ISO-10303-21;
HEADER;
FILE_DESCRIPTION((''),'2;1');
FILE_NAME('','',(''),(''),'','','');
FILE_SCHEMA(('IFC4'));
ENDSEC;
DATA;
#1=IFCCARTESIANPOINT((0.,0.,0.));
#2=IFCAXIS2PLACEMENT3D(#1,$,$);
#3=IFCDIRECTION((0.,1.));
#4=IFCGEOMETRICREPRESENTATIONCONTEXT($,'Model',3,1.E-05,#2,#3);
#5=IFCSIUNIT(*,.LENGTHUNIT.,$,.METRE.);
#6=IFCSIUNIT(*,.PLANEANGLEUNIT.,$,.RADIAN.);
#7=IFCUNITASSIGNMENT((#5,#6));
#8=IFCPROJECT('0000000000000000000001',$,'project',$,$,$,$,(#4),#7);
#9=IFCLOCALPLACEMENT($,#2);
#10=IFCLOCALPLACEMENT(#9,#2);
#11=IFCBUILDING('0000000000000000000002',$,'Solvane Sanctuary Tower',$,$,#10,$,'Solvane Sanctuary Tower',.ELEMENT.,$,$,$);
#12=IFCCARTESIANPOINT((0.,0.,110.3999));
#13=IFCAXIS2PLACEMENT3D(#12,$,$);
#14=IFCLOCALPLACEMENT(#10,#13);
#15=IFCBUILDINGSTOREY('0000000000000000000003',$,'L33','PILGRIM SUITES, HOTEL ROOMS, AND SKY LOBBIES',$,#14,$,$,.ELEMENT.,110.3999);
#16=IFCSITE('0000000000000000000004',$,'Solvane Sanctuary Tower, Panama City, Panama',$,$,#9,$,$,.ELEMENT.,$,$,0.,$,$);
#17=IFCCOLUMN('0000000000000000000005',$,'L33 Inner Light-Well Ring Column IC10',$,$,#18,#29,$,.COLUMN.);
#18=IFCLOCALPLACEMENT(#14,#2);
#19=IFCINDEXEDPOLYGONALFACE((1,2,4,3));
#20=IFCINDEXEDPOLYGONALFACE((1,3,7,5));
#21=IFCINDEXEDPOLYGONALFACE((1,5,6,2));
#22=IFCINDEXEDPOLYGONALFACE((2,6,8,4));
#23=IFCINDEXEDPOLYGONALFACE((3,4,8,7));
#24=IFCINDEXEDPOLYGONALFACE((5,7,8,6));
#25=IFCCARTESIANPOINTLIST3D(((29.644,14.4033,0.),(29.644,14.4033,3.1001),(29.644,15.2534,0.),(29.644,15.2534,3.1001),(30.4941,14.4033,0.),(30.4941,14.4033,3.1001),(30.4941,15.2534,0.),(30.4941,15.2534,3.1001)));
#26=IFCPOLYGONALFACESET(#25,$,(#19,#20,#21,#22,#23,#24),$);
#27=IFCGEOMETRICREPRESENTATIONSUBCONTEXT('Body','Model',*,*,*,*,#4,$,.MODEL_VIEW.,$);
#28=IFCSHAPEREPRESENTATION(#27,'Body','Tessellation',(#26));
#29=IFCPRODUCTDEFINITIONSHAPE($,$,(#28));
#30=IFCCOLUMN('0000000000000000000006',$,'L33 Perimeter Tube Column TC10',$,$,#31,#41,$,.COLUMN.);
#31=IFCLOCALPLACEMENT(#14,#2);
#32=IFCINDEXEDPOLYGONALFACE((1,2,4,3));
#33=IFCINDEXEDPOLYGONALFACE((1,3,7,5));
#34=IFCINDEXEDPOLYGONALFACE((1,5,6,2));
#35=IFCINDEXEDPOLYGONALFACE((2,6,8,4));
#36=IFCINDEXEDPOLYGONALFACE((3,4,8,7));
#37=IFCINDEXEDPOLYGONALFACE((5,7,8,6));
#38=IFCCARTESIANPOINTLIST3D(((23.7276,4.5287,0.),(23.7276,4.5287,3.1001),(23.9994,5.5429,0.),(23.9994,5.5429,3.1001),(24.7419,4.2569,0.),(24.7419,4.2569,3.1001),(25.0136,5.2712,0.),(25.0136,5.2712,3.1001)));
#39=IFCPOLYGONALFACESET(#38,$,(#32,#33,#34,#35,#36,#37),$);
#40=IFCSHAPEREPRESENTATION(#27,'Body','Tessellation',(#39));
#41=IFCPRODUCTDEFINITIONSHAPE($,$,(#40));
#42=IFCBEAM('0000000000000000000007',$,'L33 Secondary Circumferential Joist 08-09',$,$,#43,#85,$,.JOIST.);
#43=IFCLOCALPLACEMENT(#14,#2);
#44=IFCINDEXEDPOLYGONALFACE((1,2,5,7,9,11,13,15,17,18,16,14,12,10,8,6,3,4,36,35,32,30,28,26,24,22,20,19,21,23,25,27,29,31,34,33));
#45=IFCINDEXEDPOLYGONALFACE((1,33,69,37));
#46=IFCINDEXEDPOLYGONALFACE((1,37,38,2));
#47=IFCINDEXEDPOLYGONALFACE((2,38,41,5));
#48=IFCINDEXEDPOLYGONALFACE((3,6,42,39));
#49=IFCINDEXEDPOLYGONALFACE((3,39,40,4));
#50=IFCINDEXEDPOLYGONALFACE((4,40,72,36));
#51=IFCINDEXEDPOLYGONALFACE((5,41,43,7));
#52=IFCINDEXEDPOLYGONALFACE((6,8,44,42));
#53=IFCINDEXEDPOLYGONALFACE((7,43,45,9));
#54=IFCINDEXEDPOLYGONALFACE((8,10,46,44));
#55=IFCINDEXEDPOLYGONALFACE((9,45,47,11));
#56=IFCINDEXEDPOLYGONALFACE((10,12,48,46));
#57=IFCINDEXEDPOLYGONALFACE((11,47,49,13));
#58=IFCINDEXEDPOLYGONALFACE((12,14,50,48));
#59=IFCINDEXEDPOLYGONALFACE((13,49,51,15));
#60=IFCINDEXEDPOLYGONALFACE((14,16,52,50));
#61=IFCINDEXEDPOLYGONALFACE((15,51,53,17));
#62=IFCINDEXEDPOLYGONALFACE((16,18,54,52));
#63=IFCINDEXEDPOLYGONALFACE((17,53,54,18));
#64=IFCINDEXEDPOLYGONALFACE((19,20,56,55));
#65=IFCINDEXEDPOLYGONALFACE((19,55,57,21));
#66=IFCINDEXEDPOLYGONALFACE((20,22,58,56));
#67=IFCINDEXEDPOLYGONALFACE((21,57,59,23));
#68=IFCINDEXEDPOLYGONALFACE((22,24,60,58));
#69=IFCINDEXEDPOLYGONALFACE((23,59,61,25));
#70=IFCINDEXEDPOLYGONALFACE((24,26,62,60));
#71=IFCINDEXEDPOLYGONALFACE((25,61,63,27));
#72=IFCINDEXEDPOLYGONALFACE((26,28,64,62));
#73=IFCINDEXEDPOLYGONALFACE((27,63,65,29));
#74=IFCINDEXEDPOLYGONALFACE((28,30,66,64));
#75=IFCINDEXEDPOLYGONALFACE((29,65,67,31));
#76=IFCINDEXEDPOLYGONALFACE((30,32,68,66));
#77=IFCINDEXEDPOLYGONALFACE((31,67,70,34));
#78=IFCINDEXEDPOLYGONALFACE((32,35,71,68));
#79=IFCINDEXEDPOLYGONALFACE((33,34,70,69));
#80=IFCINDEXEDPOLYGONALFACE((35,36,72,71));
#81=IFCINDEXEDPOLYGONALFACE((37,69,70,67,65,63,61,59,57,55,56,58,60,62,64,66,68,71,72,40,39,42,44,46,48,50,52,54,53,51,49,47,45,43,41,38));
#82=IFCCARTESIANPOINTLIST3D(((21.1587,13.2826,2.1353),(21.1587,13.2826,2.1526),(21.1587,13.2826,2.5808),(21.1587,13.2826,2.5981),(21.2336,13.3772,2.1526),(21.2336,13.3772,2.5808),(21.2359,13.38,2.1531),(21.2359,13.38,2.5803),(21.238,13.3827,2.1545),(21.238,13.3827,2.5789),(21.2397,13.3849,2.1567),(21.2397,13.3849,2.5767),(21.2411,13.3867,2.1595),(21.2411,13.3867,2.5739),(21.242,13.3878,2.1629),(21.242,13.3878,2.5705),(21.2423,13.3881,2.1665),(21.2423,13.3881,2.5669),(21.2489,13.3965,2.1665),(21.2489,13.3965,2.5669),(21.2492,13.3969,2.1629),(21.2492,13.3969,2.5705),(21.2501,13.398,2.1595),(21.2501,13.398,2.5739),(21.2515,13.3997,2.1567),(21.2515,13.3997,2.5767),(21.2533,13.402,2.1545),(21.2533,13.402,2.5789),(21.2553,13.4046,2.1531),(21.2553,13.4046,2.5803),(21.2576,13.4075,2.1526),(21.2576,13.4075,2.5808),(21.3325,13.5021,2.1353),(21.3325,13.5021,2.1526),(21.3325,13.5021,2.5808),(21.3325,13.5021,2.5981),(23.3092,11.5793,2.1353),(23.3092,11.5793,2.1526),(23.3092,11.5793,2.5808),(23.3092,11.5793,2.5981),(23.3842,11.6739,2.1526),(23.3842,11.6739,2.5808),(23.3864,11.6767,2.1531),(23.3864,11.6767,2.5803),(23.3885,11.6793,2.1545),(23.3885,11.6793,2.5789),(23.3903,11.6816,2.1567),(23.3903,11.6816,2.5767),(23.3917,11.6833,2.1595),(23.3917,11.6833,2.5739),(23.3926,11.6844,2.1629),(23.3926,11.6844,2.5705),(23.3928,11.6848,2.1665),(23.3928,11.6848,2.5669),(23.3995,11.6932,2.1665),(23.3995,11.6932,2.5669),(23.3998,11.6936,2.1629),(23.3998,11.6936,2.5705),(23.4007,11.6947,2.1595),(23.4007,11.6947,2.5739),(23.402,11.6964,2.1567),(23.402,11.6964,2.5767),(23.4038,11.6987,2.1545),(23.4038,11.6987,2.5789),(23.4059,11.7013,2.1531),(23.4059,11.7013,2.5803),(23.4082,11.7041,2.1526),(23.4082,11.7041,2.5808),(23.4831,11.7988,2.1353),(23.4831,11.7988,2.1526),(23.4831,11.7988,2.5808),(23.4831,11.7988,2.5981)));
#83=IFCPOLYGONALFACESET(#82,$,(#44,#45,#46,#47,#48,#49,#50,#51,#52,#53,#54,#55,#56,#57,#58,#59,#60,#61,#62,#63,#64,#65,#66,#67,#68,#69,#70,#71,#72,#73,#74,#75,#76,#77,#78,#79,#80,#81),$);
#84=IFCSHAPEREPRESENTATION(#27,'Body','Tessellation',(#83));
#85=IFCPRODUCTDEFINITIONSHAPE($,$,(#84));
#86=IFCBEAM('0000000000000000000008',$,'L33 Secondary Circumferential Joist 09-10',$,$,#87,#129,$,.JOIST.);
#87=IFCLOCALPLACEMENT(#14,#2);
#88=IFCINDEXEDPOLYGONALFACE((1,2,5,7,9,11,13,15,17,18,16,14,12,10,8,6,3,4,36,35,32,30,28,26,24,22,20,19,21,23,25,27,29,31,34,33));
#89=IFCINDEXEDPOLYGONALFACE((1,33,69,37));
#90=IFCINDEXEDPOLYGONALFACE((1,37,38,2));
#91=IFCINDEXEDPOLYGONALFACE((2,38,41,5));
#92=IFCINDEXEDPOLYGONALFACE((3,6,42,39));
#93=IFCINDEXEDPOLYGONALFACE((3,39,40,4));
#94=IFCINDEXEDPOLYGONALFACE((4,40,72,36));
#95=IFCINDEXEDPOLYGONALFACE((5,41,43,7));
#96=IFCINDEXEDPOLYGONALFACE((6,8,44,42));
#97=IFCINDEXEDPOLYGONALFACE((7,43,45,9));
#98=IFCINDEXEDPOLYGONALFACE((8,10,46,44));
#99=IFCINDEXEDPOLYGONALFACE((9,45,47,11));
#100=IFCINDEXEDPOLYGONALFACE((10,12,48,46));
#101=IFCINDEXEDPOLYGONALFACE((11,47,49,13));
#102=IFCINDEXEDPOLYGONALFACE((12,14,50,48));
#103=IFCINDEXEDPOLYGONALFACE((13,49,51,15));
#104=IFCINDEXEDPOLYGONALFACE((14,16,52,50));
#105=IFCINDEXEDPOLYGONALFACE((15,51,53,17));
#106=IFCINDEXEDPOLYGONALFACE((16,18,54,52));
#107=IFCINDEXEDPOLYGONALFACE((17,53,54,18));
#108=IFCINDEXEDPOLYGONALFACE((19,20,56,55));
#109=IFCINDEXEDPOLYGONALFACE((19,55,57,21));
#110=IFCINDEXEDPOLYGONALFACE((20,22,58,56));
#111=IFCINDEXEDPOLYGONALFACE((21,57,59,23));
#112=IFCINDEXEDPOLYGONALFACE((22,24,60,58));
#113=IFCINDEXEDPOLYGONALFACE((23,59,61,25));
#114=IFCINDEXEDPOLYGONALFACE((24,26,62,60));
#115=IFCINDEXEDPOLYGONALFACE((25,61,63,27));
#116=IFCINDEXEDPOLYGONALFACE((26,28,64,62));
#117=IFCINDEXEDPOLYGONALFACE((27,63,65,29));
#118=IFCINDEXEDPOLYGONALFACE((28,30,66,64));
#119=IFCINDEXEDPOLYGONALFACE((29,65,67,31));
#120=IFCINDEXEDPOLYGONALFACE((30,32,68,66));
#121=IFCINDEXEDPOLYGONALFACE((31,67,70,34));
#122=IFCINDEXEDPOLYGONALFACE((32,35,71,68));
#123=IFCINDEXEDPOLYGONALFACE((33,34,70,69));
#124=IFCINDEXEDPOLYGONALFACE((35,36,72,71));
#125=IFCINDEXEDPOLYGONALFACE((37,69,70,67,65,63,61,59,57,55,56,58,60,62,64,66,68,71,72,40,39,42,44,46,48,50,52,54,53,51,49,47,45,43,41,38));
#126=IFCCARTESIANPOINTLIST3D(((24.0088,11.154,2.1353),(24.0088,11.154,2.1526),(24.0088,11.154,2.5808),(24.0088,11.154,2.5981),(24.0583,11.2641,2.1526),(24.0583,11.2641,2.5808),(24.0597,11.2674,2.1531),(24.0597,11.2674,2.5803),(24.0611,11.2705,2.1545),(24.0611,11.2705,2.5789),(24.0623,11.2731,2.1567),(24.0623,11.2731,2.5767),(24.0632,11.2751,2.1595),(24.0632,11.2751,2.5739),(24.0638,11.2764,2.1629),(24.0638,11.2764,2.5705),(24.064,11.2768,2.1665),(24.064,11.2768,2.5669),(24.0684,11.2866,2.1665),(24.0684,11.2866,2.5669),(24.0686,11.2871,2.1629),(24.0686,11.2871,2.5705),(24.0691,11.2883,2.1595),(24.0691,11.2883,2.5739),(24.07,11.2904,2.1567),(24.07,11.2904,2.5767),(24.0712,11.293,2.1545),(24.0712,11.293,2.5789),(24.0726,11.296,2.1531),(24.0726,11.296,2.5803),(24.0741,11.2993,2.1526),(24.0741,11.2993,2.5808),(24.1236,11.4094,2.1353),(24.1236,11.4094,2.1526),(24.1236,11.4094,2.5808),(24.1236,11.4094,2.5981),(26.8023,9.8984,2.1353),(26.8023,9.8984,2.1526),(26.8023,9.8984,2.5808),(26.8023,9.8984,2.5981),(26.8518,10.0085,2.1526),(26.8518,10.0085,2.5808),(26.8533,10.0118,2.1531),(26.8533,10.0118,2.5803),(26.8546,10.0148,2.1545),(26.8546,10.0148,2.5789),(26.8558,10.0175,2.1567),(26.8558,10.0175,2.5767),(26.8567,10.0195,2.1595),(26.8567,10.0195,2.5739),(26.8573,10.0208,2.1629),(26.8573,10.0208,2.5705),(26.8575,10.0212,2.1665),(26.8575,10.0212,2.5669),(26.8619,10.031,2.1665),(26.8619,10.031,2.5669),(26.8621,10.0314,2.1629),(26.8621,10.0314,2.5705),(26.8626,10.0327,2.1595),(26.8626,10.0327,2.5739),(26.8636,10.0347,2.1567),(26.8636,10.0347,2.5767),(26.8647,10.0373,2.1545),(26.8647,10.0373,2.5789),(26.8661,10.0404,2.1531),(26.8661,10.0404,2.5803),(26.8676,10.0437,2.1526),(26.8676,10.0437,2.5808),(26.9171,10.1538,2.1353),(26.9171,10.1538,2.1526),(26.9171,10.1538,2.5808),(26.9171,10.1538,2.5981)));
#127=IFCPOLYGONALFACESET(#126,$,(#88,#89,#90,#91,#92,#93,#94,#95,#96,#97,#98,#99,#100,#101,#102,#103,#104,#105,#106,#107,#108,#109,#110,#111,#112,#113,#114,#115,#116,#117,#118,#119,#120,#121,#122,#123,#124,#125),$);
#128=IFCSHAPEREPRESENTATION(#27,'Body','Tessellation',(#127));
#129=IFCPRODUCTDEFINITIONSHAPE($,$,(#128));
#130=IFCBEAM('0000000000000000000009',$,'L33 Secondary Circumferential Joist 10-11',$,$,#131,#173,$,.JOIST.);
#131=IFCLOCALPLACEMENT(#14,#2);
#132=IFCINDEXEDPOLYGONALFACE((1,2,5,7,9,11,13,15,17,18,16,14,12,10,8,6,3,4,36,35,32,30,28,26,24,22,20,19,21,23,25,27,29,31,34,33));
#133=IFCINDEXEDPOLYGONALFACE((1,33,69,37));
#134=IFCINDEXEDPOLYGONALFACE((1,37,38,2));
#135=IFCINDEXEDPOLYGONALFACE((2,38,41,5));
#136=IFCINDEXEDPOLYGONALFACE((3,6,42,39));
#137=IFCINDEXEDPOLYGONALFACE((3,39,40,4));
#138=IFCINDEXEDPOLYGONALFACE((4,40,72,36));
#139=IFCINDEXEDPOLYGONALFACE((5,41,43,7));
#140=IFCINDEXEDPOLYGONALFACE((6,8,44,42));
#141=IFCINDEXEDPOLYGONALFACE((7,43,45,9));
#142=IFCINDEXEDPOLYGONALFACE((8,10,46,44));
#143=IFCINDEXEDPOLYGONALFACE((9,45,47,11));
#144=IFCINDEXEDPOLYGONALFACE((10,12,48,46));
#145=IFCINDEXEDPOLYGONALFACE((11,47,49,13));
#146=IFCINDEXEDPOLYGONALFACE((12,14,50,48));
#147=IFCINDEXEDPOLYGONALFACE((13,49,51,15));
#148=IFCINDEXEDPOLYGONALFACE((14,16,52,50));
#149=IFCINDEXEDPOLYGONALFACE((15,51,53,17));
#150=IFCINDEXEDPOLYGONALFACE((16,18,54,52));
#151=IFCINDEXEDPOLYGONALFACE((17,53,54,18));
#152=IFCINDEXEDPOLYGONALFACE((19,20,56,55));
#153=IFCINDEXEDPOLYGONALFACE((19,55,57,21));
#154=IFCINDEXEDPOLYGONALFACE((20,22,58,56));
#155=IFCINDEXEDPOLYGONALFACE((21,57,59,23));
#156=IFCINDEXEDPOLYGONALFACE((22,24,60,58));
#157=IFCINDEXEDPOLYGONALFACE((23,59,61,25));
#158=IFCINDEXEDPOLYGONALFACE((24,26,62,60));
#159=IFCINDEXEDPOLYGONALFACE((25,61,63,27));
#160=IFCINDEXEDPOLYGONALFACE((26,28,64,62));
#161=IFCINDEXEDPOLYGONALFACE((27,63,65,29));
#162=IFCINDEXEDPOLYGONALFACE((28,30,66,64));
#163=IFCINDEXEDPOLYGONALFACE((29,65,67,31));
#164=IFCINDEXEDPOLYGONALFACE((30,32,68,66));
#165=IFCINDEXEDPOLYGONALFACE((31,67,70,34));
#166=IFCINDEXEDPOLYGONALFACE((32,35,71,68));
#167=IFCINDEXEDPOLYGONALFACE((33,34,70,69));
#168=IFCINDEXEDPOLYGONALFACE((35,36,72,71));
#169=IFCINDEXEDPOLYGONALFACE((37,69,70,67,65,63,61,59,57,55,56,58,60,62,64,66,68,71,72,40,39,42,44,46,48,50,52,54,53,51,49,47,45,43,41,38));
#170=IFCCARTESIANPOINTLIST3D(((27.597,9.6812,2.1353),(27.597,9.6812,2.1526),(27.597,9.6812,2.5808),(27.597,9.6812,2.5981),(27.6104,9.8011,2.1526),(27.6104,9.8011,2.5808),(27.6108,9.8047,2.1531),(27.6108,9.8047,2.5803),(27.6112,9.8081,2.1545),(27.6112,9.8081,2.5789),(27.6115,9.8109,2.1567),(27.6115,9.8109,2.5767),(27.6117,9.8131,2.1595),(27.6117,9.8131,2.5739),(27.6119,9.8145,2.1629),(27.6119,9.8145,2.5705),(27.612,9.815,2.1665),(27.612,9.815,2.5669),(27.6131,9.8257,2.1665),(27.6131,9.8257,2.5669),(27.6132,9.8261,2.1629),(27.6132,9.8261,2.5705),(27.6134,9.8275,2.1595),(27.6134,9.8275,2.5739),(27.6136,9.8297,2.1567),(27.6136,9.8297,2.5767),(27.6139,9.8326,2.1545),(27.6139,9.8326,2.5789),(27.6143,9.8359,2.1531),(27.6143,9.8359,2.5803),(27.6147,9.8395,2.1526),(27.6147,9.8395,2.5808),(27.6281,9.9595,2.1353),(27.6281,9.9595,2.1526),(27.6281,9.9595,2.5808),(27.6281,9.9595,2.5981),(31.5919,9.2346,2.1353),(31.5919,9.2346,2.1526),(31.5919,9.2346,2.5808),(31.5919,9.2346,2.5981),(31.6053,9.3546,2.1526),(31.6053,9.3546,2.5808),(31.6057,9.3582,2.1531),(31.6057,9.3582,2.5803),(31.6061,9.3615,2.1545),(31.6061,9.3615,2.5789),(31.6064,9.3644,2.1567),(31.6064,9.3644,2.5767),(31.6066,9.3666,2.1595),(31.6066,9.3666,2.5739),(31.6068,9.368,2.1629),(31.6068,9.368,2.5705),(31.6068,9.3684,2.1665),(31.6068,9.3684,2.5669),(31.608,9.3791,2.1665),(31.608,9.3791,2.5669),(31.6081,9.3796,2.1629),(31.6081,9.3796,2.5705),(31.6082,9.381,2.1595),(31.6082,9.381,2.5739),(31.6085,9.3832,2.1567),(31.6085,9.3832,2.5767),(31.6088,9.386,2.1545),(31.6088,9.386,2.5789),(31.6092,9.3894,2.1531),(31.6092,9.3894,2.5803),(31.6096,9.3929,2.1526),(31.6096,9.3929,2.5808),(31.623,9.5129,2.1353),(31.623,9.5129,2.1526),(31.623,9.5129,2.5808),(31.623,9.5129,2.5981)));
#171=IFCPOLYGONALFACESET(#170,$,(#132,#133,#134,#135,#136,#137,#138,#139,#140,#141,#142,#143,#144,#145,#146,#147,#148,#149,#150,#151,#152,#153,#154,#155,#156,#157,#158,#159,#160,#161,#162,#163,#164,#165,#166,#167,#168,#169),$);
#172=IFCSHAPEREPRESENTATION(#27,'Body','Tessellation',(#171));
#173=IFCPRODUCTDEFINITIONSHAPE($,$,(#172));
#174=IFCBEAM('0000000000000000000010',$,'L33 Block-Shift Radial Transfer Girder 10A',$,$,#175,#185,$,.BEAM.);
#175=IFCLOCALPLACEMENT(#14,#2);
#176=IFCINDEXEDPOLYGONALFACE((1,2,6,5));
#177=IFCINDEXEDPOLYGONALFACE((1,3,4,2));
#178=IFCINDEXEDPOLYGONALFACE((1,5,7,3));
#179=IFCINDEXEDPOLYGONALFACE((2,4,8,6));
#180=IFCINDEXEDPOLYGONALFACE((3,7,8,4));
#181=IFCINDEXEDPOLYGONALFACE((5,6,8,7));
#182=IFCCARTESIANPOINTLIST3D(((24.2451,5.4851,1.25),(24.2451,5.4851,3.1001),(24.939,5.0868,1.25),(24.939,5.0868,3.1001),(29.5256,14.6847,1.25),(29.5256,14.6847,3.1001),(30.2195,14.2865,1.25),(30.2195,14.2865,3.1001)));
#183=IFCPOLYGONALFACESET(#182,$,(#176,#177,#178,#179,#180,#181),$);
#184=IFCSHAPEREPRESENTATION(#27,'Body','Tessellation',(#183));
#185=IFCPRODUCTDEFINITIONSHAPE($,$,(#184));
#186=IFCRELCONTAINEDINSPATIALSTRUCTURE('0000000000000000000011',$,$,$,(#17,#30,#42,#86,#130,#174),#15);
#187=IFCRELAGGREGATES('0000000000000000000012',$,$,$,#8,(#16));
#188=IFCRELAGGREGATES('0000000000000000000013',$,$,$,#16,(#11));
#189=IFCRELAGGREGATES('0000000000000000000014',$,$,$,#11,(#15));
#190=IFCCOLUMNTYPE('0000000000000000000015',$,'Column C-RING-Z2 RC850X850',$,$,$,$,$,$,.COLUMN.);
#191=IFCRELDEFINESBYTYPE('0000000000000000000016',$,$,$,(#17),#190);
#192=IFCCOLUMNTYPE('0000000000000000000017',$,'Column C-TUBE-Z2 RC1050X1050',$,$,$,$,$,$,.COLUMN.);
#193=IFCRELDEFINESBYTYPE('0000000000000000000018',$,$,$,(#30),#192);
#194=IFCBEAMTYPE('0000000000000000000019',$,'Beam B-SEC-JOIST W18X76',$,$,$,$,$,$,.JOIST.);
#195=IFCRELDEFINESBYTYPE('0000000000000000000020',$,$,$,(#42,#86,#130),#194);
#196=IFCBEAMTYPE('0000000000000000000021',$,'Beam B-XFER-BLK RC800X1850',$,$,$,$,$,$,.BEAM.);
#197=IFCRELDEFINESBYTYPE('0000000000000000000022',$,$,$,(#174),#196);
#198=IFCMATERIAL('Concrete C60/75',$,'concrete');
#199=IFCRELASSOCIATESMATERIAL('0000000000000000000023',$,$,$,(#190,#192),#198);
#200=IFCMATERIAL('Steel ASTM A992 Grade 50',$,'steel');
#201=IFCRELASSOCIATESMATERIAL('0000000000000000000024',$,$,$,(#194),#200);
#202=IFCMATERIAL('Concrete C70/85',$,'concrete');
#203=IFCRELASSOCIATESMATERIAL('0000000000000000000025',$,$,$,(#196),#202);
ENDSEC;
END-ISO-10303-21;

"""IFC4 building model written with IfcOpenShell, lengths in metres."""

from ifc_helpers import new_model, si_unit, direction, frame, origin, origin_2d, place, context, subcontext, project, spatial, rectangle, i_section, extrude, material, material_profile, profile_set, type_object, element, save


model = new_model("IFC4")

# Units and contexts
model_context = context("Model", 3, precision=1e-05, world=origin(), true_north=direction((0.0, 1.0)))
body_context = subcontext(model_context, "Body", "Model", "MODEL_VIEW")
ifc_project = project(units=[si_unit("LENGTHUNIT", "METRE"), si_unit("PLANEANGLEUNIT", "RADIAN")], contexts=[model_context])

# Site, building, storey
site_placement = place(None, origin())
site = spatial("IfcSite", under=ifc_project, at=site_placement, Name="Solvane Sanctuary Tower, Panama City, Panama", CompositionType="ELEMENT", RefElevation=0.0)
building_placement = place(site_placement, origin())
building = spatial("IfcBuilding", under=site, at=building_placement, Name="Solvane Sanctuary Tower", LongName="Solvane Sanctuary Tower", CompositionType="ELEMENT")
storey_placement = place(building_placement, frame((0.0, 0.0, 110.3999)))
storey = spatial("IfcBuildingStorey", under=building, at=storey_placement, Name="L33", Description="PILGRIM SUITES, HOTEL ROOMS, AND SKY LOBBIES", CompositionType="ELEMENT", Elevation=110.3999)

# Columns
ifc_material_1 = material(Name="Concrete C60/75", Category="concrete")
ifc_material_profile_1 = material_profile(ifc_material_1, rectangle(XDim=0.8501, YDim=0.8501, at=origin_2d()), Name="RC850X850")
ifc_profile_set_1 = profile_set([ifc_material_profile_1], Name="Concrete C60/75")
column_type_1 = type_object("IfcColumnType", Name="Column C-RING-Z2 RC850X850", PredefinedType="COLUMN", material=ifc_profile_set_1)
column_1_placement = place(storey_placement, frame((30.0691, 14.8284, 0.0), z_axis=(0.0, 0.0, 1.0), x_axis=(1.0, 0.0, 0.0)))
element("IfcColumn", 1, at=column_1_placement, inside=storey, type_object=column_type_1, Name="L33 Inner Light-Well Ring Column IC10", PredefinedType="COLUMN", context=body_context, shape_type="SweptSolid", body=[
    extrude(rectangle(XDim=0.8501, YDim=0.8501, at=origin_2d()), origin(), (0.0, 0.0, 1.0), 3.1001),
])
ifc_material_profile_2 = material_profile(ifc_material_1, rectangle(XDim=1.05, YDim=1.05, at=origin_2d()), Name="RC1050X1050")
ifc_profile_set_2 = profile_set([ifc_material_profile_2], Name="Concrete C60/75")
column_type_2 = type_object("IfcColumnType", Name="Column C-TUBE-Z2 RC1050X1050", PredefinedType="COLUMN", material=ifc_profile_set_2)
column_2_placement = place(storey_placement, frame((24.3706, 4.8999, 0.0), z_axis=(0.0, 0.0, 1.0), x_axis=(-0.258819, -0.965926, 0.0)))
element("IfcColumn", 2, at=column_2_placement, inside=storey, type_object=column_type_2, Name="L33 Perimeter Tube Column TC10", PredefinedType="COLUMN", context=body_context, shape_type="SweptSolid", body=[
    extrude(rectangle(XDim=1.05, YDim=1.05, at=origin_2d()), origin(), (0.0, 0.0, 1.0), 3.1001),
])

# Beams
ifc_material_2 = material(Name="Steel ASTM A992 Grade 50", Category="steel")
ifc_material_profile_3 = material_profile(ifc_material_2, i_section(OverallWidth=0.28, OverallDepth=0.4629, WebThickness=0.0107, FlangeThickness=0.0173, FilletRadius=0.0139, at=origin_2d()), Name="W18X76")
ifc_profile_set_3 = profile_set([ifc_material_profile_3], Name="Steel ASTM A992 Grade 50")
beam_type_1 = type_object("IfcBeamType", Name="Beam B-SEC-JOIST W18X76", PredefinedType="JOIST", material=ifc_profile_set_3)
beam_1_placement = place(storey_placement, frame((21.2456, 13.3923, 2.3667), z_axis=(0.783907, -0.620878, 0.0), x_axis=(0.620878, 0.783907, 0.0)))
element("IfcBeam", 3, at=beam_1_placement, inside=storey, type_object=beam_type_1, Name="L33 Secondary Circumferential Joist 08-09", PredefinedType="JOIST", context=body_context, shape_type="SweptSolid", body=[
    extrude(i_section(OverallWidth=0.28, OverallDepth=0.4629, WebThickness=0.0107, FlangeThickness=0.0173, FilletRadius=0.0139, at=origin_2d()), origin(), (0.0, 0.0, 1.0), 2.7434),
])
beam_2_placement = place(storey_placement, frame((24.0662, 11.2817, 2.3667), z_axis=(0.912097, -0.409974, 0.0), x_axis=(0.409974, 0.912097, 0.0)))
element("IfcBeam", 4, at=beam_2_placement, inside=storey, type_object=beam_type_1, Name="L33 Secondary Circumferential Joist 09-10", PredefinedType="JOIST", context=body_context, shape_type="SweptSolid", body=[
    extrude(i_section(OverallWidth=0.28, OverallDepth=0.4629, WebThickness=0.0107, FlangeThickness=0.0173, FilletRadius=0.0139, at=origin_2d()), origin(), (0.0, 0.0, 1.0), 3.0627),
])
beam_3_placement = place(storey_placement, frame((27.6125, 9.8203, 2.3667), z_axis=(0.993811, -0.111085, 0.0), x_axis=(0.111085, 0.993811, 0.0)))
element("IfcBeam", 5, at=beam_3_placement, inside=storey, type_object=beam_type_1, Name="L33 Secondary Circumferential Joist 10-11", PredefinedType="JOIST", context=body_context, shape_type="SweptSolid", body=[
    extrude(i_section(OverallWidth=0.28, OverallDepth=0.4629, WebThickness=0.0107, FlangeThickness=0.0173, FilletRadius=0.0139, at=origin_2d()), origin(), (0.0, 0.0, 1.0), 4.0198),
])
ifc_material_3 = material(Name="Concrete C70/85", Category="concrete")
ifc_material_profile_4 = material_profile(ifc_material_3, rectangle(XDim=0.8, YDim=1.8501, at=origin_2d()), Name="RC800X1850")
ifc_profile_set_4 = profile_set([ifc_material_profile_4], Name="Concrete C70/85")
beam_type_2 = type_object("IfcBeamType", Name="Beam B-XFER-BLK RC800X1850", PredefinedType="BEAM", material=ifc_profile_set_4)
beam_4_placement = place(storey_placement, frame((29.8726, 14.4856, 2.175), z_axis=(-0.497811, -0.867285, 0.0), x_axis=(0.867285, -0.497811, 0.0)))
element("IfcBeam", 6, at=beam_4_placement, inside=storey, type_object=beam_type_2, Name="L33 Block-Shift Radial Transfer Girder 10A", PredefinedType="BEAM", context=body_context, shape_type="SweptSolid", body=[
    extrude(rectangle(XDim=0.8, YDim=1.8501, at=origin_2d()), origin(), (0.0, 0.0, 1.0), 10.6074),
])

save(model, "model.ifc")
